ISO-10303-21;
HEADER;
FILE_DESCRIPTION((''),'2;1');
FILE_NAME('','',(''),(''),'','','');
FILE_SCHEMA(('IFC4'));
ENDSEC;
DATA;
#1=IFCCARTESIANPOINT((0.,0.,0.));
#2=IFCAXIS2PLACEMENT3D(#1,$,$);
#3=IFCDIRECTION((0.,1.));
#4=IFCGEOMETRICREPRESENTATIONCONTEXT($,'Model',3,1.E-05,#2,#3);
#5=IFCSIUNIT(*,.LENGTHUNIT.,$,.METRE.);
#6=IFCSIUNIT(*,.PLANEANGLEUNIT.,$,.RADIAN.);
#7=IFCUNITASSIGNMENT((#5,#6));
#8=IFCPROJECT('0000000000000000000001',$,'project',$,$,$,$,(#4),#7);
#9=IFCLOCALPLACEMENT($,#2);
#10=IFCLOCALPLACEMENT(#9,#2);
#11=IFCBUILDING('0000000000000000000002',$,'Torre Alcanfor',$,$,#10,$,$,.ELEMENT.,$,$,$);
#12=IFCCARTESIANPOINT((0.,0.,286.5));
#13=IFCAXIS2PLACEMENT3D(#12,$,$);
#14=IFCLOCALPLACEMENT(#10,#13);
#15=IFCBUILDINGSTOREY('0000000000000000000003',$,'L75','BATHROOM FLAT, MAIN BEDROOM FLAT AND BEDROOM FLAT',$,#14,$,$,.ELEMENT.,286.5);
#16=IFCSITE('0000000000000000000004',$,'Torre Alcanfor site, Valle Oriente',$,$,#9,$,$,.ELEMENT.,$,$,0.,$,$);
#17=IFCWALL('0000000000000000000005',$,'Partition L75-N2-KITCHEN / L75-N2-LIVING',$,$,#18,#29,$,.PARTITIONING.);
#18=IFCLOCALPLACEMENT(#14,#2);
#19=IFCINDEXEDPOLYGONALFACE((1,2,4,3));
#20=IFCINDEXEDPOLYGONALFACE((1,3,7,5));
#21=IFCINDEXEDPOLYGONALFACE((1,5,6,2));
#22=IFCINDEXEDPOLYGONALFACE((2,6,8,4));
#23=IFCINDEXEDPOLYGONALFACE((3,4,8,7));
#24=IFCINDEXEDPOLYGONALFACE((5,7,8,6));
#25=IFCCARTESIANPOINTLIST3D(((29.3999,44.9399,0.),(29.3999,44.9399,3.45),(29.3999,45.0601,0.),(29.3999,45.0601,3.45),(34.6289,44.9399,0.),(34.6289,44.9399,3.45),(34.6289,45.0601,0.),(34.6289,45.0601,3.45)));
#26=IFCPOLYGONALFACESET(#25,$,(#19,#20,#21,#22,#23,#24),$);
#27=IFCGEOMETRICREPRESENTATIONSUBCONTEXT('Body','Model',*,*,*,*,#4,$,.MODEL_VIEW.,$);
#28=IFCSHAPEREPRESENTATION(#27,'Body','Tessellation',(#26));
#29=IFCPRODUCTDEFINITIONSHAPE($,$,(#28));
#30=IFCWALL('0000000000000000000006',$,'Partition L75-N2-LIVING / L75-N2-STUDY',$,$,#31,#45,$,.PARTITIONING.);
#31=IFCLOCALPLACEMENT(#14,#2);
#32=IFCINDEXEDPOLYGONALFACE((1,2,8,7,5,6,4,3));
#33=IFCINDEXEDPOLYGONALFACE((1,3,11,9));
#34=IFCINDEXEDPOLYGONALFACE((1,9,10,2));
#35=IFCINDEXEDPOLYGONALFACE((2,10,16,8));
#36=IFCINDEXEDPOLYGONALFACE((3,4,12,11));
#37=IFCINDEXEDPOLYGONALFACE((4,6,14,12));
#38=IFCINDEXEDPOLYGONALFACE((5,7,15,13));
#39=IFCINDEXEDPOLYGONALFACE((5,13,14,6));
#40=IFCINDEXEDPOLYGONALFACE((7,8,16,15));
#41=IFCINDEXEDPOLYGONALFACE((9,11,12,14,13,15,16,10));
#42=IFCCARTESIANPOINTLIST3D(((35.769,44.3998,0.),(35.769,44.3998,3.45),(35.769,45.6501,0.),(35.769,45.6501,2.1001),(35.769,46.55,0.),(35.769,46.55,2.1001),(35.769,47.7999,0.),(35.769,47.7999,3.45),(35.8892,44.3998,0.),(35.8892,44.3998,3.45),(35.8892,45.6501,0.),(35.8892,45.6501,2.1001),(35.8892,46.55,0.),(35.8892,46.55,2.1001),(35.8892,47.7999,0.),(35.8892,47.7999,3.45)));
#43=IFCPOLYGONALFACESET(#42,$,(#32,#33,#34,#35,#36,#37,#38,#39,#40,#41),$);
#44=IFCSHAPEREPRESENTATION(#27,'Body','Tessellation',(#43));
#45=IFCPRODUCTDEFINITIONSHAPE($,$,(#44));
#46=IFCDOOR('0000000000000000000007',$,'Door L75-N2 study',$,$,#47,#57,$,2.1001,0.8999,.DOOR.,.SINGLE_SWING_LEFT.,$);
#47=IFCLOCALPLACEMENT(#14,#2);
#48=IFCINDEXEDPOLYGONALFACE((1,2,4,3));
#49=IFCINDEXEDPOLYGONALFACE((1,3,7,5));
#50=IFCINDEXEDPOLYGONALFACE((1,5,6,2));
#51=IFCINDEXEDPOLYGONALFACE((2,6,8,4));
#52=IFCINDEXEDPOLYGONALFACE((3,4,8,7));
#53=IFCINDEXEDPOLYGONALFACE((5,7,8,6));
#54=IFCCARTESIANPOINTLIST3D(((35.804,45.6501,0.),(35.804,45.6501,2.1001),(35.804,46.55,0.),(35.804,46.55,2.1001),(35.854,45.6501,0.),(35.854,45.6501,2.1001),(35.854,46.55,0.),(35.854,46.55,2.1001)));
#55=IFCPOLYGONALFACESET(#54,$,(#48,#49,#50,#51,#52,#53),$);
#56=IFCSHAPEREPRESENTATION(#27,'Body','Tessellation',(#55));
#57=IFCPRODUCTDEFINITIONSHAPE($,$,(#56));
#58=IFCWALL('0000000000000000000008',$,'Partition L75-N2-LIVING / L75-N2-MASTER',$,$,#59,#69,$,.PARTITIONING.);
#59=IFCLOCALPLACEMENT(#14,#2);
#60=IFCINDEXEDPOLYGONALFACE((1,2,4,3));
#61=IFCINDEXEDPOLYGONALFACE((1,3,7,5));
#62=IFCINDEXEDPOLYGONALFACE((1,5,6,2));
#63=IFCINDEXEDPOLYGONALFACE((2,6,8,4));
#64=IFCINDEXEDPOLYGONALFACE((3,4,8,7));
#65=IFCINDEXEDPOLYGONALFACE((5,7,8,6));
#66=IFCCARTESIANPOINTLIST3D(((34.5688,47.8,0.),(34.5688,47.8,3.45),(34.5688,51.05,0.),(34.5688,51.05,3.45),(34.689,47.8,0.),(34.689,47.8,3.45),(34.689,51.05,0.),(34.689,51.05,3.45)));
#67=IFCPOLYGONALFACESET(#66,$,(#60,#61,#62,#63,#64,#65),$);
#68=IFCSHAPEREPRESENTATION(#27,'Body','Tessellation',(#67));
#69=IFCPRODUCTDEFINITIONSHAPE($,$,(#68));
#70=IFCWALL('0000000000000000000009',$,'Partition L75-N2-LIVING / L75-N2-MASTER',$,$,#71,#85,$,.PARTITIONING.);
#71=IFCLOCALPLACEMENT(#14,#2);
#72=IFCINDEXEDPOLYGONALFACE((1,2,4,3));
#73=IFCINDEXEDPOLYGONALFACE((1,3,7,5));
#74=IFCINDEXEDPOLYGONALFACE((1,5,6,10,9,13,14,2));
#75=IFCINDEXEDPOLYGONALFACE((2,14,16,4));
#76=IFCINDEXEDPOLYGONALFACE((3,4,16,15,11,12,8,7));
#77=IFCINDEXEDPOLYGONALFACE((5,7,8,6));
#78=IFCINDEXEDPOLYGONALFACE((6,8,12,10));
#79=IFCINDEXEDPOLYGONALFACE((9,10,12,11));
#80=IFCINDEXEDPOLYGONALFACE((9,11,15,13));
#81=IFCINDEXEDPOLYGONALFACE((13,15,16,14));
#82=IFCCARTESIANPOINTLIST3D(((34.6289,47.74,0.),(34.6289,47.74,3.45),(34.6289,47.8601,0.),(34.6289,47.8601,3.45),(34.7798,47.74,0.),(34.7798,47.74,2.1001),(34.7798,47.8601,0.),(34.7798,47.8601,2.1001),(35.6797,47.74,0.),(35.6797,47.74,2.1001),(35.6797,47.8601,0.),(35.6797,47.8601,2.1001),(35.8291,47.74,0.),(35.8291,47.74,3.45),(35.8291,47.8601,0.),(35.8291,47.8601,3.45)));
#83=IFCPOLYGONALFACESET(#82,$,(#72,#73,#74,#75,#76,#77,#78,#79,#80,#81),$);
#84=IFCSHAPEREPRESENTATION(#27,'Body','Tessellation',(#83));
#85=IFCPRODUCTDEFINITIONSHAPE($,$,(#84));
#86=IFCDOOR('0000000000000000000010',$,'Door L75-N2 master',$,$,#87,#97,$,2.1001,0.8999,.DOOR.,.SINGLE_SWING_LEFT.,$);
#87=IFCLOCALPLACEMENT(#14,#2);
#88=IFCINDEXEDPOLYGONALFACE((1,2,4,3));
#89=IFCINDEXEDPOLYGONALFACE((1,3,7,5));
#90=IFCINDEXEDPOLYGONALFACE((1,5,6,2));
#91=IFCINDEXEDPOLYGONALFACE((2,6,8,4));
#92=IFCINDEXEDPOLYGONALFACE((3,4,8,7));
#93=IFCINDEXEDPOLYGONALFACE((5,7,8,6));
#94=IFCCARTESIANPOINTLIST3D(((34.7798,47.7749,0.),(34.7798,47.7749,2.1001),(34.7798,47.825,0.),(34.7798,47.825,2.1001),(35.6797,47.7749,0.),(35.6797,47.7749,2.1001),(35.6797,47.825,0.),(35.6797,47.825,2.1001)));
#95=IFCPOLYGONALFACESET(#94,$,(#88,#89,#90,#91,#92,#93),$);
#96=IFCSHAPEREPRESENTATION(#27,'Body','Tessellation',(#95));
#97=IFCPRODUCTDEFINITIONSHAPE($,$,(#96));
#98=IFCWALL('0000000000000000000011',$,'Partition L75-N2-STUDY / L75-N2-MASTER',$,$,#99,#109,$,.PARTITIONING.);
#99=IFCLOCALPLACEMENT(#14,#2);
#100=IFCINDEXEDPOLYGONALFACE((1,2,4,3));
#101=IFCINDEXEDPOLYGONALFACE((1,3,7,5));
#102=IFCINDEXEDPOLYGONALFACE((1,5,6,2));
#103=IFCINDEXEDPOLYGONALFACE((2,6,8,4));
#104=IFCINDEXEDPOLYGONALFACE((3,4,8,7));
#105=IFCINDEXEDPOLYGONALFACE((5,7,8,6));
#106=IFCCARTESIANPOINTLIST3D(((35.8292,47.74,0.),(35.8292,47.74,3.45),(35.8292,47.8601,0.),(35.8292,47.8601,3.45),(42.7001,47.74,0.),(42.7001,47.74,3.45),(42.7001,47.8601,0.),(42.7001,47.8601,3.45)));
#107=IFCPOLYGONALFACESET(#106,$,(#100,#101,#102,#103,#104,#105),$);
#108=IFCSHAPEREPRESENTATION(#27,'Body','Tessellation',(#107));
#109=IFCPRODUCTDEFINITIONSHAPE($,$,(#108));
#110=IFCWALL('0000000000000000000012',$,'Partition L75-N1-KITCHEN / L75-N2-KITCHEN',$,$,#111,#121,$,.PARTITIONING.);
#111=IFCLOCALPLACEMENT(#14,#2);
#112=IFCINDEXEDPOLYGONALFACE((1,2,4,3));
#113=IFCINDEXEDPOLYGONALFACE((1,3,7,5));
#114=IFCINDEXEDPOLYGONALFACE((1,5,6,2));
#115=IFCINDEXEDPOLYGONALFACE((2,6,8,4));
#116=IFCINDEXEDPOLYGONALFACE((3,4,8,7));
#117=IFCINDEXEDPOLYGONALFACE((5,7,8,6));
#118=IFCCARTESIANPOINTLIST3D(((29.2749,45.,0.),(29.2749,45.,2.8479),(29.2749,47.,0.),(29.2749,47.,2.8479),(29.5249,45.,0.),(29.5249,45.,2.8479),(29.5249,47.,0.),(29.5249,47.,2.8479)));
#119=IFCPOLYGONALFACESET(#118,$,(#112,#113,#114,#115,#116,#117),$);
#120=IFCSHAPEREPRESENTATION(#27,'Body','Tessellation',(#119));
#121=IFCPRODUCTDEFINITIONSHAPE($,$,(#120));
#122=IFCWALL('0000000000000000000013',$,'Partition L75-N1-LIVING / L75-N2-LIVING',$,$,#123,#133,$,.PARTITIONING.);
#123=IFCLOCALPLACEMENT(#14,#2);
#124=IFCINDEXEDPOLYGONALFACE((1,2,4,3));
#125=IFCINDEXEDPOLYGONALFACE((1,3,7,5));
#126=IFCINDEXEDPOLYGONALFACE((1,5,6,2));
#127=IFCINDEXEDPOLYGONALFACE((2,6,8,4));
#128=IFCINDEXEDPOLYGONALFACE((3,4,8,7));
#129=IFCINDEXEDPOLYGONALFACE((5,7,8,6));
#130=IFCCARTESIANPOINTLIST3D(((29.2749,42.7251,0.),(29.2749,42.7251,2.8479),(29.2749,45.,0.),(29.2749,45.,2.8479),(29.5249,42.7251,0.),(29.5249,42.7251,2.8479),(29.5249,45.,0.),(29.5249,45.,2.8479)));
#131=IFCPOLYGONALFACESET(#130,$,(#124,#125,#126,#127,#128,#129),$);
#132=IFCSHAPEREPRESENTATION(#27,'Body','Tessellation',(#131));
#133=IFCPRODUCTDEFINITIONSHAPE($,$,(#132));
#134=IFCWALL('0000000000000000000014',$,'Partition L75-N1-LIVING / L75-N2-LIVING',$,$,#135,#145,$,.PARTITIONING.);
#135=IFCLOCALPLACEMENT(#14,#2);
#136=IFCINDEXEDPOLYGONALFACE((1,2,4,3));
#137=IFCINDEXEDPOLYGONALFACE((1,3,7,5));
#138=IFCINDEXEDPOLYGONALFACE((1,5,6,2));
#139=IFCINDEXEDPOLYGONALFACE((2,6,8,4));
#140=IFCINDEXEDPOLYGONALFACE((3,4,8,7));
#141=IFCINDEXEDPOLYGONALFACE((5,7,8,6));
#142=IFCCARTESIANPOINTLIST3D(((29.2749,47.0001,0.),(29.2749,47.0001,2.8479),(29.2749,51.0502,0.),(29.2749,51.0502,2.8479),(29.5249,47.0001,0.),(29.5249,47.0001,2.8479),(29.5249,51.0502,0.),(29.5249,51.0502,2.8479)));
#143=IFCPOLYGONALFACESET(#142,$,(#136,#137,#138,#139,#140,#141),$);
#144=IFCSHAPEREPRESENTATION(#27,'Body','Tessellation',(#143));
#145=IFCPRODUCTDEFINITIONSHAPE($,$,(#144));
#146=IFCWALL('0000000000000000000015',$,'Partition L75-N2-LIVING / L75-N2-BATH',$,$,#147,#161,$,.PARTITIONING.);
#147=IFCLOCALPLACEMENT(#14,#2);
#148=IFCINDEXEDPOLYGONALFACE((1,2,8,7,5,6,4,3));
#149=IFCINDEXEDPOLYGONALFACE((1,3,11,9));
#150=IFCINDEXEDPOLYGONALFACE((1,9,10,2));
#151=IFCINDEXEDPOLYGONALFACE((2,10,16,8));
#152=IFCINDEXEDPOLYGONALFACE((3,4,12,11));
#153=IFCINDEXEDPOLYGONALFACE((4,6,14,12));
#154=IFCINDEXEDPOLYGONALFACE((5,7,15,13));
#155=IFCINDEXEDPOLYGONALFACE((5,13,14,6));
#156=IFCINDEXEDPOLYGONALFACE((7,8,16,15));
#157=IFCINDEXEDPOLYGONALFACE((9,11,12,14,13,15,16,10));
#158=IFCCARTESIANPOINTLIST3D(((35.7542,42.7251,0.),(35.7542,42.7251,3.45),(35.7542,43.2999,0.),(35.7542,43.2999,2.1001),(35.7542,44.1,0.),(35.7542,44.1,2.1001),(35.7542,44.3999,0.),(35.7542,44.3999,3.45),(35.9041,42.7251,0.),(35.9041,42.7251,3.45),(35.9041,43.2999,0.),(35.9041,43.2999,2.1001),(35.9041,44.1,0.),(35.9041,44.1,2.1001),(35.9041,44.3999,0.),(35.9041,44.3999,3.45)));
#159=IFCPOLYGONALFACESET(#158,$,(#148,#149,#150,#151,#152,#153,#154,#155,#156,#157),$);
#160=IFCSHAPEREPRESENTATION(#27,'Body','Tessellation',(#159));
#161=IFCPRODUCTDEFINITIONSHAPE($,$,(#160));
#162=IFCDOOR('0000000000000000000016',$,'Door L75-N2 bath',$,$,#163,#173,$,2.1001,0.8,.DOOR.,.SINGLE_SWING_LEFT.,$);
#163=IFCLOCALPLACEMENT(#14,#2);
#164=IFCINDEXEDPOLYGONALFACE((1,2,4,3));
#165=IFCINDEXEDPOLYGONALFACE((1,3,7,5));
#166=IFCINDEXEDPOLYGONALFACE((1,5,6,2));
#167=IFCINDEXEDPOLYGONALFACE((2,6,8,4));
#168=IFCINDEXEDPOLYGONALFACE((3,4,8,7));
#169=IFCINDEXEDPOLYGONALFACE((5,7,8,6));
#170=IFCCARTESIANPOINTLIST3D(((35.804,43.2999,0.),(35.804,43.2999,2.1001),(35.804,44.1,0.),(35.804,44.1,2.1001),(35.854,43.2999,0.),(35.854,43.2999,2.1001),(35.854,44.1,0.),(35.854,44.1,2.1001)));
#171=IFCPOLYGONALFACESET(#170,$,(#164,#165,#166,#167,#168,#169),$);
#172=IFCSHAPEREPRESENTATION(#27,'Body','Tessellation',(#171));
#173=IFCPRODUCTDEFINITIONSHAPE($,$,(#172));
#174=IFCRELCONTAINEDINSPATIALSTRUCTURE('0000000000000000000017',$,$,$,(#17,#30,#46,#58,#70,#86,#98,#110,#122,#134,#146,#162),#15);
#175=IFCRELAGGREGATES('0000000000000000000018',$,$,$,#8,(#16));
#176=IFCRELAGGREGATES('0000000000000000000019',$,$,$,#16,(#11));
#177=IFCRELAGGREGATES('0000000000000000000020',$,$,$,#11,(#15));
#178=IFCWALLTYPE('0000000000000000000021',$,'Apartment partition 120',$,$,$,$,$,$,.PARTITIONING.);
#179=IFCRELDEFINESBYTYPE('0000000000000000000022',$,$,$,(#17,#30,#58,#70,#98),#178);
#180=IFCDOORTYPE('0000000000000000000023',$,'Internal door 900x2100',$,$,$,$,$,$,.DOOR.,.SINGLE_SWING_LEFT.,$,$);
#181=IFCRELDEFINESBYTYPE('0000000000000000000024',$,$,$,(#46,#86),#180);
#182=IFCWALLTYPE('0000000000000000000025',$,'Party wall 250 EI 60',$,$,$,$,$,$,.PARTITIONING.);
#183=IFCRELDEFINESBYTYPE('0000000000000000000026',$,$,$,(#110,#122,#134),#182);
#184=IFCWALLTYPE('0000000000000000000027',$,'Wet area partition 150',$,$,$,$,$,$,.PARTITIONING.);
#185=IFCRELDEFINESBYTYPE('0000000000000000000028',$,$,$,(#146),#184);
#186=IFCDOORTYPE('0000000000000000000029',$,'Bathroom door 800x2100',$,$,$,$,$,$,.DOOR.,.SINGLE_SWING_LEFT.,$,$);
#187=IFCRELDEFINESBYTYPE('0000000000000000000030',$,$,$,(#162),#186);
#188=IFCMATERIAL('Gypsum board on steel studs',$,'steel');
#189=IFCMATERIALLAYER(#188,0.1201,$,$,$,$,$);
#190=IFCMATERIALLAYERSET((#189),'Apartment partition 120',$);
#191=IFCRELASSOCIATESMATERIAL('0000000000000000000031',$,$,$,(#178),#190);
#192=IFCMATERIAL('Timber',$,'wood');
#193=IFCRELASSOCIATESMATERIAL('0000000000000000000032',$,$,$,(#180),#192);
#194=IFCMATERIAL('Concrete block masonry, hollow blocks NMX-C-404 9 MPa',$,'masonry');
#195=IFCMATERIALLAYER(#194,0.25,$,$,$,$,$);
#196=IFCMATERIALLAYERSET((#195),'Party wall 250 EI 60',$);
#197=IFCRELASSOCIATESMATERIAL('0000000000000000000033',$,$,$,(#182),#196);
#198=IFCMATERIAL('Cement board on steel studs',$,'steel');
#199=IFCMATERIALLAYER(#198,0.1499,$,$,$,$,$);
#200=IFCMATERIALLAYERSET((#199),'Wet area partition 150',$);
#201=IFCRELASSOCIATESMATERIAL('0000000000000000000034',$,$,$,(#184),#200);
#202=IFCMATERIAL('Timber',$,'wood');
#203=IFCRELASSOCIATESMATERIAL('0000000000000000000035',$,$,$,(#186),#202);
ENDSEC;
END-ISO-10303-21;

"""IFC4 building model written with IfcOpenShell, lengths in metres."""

from ifc_helpers import new_model, si_unit, direction, frame, frame_2d, origin, place, context, subcontext, project, spatial, rectangle, extrude, material, layer, layer_set, type_object, element, fill, save


model = new_model("IFC4")

# Units and contexts
model_context = context("Model", 3, precision=1e-05, world=origin(), true_north=direction((0.0, 1.0)))
body_context = subcontext(model_context, "Body", "Model", "MODEL_VIEW")
ifc_project = project(units=[si_unit("LENGTHUNIT", "METRE"), si_unit("PLANEANGLEUNIT", "RADIAN")], contexts=[model_context])

# Site, building, storey
site_placement = place(None, origin())
site = spatial("IfcSite", under=ifc_project, at=site_placement, Name="Torre Alcanfor site, Valle Oriente", CompositionType="ELEMENT", RefElevation=0.0)
building_placement = place(site_placement, origin())
building = spatial("IfcBuilding", under=site, at=building_placement, Name="Torre Alcanfor", CompositionType="ELEMENT")
storey_placement = place(building_placement, frame((0.0, 0.0, 286.5)))
storey = spatial("IfcBuildingStorey", under=building, at=storey_placement, Name="L75", Description="BATHROOM FLAT, MAIN BEDROOM FLAT AND BEDROOM FLAT", CompositionType="ELEMENT", Elevation=286.5)

# Shared definitions
ifc_material_1 = material(Name="Gypsum board on steel studs", Category="steel")
ifc_layer_1 = layer(ifc_material_1, 0.1201)
ifc_layer_set_1 = layer_set([ifc_layer_1], Name="Apartment partition 120")
wall_type_1 = type_object("IfcWallType", Name="Apartment partition 120", PredefinedType="PARTITIONING", material=ifc_layer_set_1)

# Shared definitions
ifc_material_2 = material(Name="Timber", Category="wood")
door_type_1 = type_object("IfcDoorType", Name="Internal door 900x2100", OperationType="SINGLE_SWING_LEFT", PredefinedType="DOOR", material=ifc_material_2)

# Wall
wall_1_placement = place(storey_placement, frame((34.6289, 45.0, 0.0), z_axis=(0.0, 0.0, 1.0), x_axis=(-1.0, 0.0, 0.0)))
element("IfcWall", 1, at=wall_1_placement, inside=storey, type_object=wall_type_1, Name="Partition L75-N2-KITCHEN / L75-N2-LIVING", PredefinedType="PARTITIONING", context=body_context, shape_type="SweptSolid", body=[
    extrude(rectangle(XDim=5.229, YDim=0.1201, at=frame_2d((2.6145, 0.0))), origin(), (0.0, 0.0, 1.0), 3.45),
])

# Wall, opening, door
wall_2_placement = place(storey_placement, frame((35.8291, 47.8, 0.0), z_axis=(0.0, 0.0, 1.0), x_axis=(0.0, -1.0, 0.0)))
wall_2 = element("IfcWall", 2, at=wall_2_placement, inside=storey, type_object=wall_type_1, Name="Partition L75-N2-LIVING / L75-N2-STUDY", PredefinedType="PARTITIONING", context=body_context, shape_type="SweptSolid", body=[
    extrude(rectangle(XDim=3.4001, YDim=0.1201, at=frame_2d((1.7002, 0.0))), origin(), (0.0, 0.0, 1.0), 3.45),
])
opening_1_placement = place(wall_2_placement, frame((1.25, 0.0, 0.0)))
opening_1 = element("IfcOpeningElement", 3, at=opening_1_placement, cuts=wall_2, PredefinedType="OPENING", context=body_context, shape_type="SweptSolid", body=[
    extrude(rectangle(XDim=0.8999, YDim=2.1001, at=frame_2d((0.45, 1.05))), frame((0.0, 0.0701, 0.0), z_axis=(0.0, -1.0, 0.0), x_axis=(1.0, 0.0, 0.0)), (0.0, 0.0, 1.0), 0.1401),
])
door_1_placement = place(opening_1_placement, origin())
door_1 = element("IfcDoor", 4, at=door_1_placement, inside=storey, type_object=door_type_1, Name="Door L75-N2 study", OperationType="SINGLE_SWING_LEFT", OverallHeight=2.1001, OverallWidth=0.8999, PredefinedType="DOOR", context=body_context, shape_type="SweptSolid", body=[
    extrude(rectangle(XDim=0.8999, YDim=2.1001, at=frame_2d((0.45, 1.05))), frame((0.0, 0.0249, 0.0), z_axis=(0.0, -1.0, 0.0), x_axis=(1.0, 0.0, 0.0)), (0.0, 0.0, 1.0), 0.05),
])
fill(opening_1, door_1)

# Wall
wall_3_placement = place(storey_placement, frame((34.6289, 51.05, 0.0), z_axis=(0.0, 0.0, 1.0), x_axis=(0.0, -1.0, 0.0)))
element("IfcWall", 5, at=wall_3_placement, inside=storey, type_object=wall_type_1, Name="Partition L75-N2-LIVING / L75-N2-MASTER", PredefinedType="PARTITIONING", context=body_context, shape_type="SweptSolid", body=[
    extrude(rectangle(XDim=3.25, YDim=0.1201, at=frame_2d((1.625, 0.0))), origin(), (0.0, 0.0, 1.0), 3.45),
])

# Wall, opening, door
wall_4_placement = place(storey_placement, frame((34.6289, 47.8, 0.0), z_axis=(0.0, 0.0, 1.0), x_axis=(1.0, 0.0, 0.0)))
wall_4 = element("IfcWall", 6, at=wall_4_placement, inside=storey, type_object=wall_type_1, Name="Partition L75-N2-LIVING / L75-N2-MASTER", PredefinedType="PARTITIONING", context=body_context, shape_type="SweptSolid", body=[
    extrude(rectangle(XDim=1.2002, YDim=0.1201, at=frame_2d((0.6001, 0.0))), origin(), (0.0, 0.0, 1.0), 3.45),
])
opening_2_placement = place(wall_4_placement, frame((0.1509, 0.0, 0.0)))
opening_2 = element("IfcOpeningElement", 7, at=opening_2_placement, cuts=wall_4, PredefinedType="OPENING", context=body_context, shape_type="SweptSolid", body=[
    extrude(rectangle(XDim=0.8999, YDim=2.1001, at=frame_2d((0.45, 1.05))), frame((0.0, 0.0701, 0.0), z_axis=(0.0, -1.0, 0.0), x_axis=(1.0, 0.0, 0.0)), (0.0, 0.0, 1.0), 0.1401),
])
door_2_placement = place(opening_2_placement, origin())
door_2 = element("IfcDoor", 8, at=door_2_placement, inside=storey, type_object=door_type_1, Name="Door L75-N2 master", OperationType="SINGLE_SWING_LEFT", OverallHeight=2.1001, OverallWidth=0.8999, PredefinedType="DOOR", context=body_context, shape_type="SweptSolid", body=[
    extrude(rectangle(XDim=0.8999, YDim=2.1001, at=frame_2d((0.45, 1.05))), frame((0.0, 0.0249, 0.0), z_axis=(0.0, -1.0, 0.0), x_axis=(1.0, 0.0, 0.0)), (0.0, 0.0, 1.0), 0.05),
])
fill(opening_2, door_2)

# Walls
wall_5_placement = place(storey_placement, frame((35.8291, 47.8, 0.0), z_axis=(0.0, 0.0, 1.0), x_axis=(1.0, 0.0, 0.0)))
element("IfcWall", 9, at=wall_5_placement, inside=storey, type_object=wall_type_1, Name="Partition L75-N2-STUDY / L75-N2-MASTER", PredefinedType="PARTITIONING", context=body_context, shape_type="SweptSolid", body=[
    extrude(rectangle(XDim=6.8708, YDim=0.1201, at=frame_2d((3.4355, 0.0))), origin(), (0.0, 0.0, 1.0), 3.45),
])
ifc_material_3 = material(Name="Concrete block masonry, hollow blocks NMX-C-404 9 MPa", Category="masonry")
ifc_layer_2 = layer(ifc_material_3, 0.25)
ifc_layer_set_2 = layer_set([ifc_layer_2], Name="Party wall 250 EI 60")
wall_type_2 = type_object("IfcWallType", Name="Party wall 250 EI 60", PredefinedType="PARTITIONING", material=ifc_layer_set_2)
wall_6_placement = place(storey_placement, frame((29.3999, 45.0, 0.0), z_axis=(0.0, 0.0, 1.0), x_axis=(0.0, 1.0, 0.0)))
element("IfcWall", 10, at=wall_6_placement, inside=storey, type_object=wall_type_2, Name="Partition L75-N1-KITCHEN / L75-N2-KITCHEN", PredefinedType="PARTITIONING", context=body_context, shape_type="SweptSolid", body=[
    extrude(rectangle(XDim=2.0, YDim=0.25, at=frame_2d((1.0, 0.0))), origin(), (0.0, 0.0, 1.0), 2.8479),
])
wall_7_placement = place(storey_placement, frame((29.3999, 45.0, 0.0), z_axis=(0.0, 0.0, 1.0), x_axis=(0.0, -1.0, 0.0)))
element("IfcWall", 11, at=wall_7_placement, inside=storey, type_object=wall_type_2, Name="Partition L75-N1-LIVING / L75-N2-LIVING", PredefinedType="PARTITIONING", context=body_context, shape_type="SweptSolid", body=[
    extrude(rectangle(XDim=2.2749, YDim=0.25, at=frame_2d((1.1375, 0.0))), origin(), (0.0, 0.0, 1.0), 2.8479),
])
wall_8_placement = place(storey_placement, frame((29.3999, 51.05, 0.0), z_axis=(0.0, 0.0, 1.0), x_axis=(0.0, -1.0, 0.0)))
element("IfcWall", 12, at=wall_8_placement, inside=storey, type_object=wall_type_2, Name="Partition L75-N1-LIVING / L75-N2-LIVING", PredefinedType="PARTITIONING", context=body_context, shape_type="SweptSolid", body=[
    extrude(rectangle(XDim=4.05, YDim=0.25, at=frame_2d((2.0249, 0.0))), origin(), (0.0, 0.0, 1.0), 2.8479),
])

# Wall, opening, door
ifc_material_4 = material(Name="Cement board on steel studs", Category="steel")
ifc_layer_3 = layer(ifc_material_4, 0.1499)
ifc_layer_set_3 = layer_set([ifc_layer_3], Name="Wet area partition 150")
wall_type_3 = type_object("IfcWallType", Name="Wet area partition 150", PredefinedType="PARTITIONING", material=ifc_layer_set_3)
wall_9_placement = place(storey_placement, frame((35.8291, 44.3999, 0.0), z_axis=(0.0, 0.0, 1.0), x_axis=(0.0, -1.0, 0.0)))
wall_9 = element("IfcWall", 13, at=wall_9_placement, inside=storey, type_object=wall_type_3, Name="Partition L75-N2-LIVING / L75-N2-BATH", PredefinedType="PARTITIONING", context=body_context, shape_type="SweptSolid", body=[
    extrude(rectangle(XDim=1.6748, YDim=0.1499, at=frame_2d((0.8374, 0.0))), origin(), (0.0, 0.0, 1.0), 3.45),
])
opening_3_placement = place(wall_9_placement, frame((0.3, 0.0, 0.0)))
opening_3 = element("IfcOpeningElement", 14, at=opening_3_placement, cuts=wall_9, PredefinedType="OPENING", context=body_context, shape_type="SweptSolid", body=[
    extrude(rectangle(XDim=0.8, YDim=2.1001, at=frame_2d((0.3999, 1.05))), frame((0.0, 0.085, 0.0), z_axis=(0.0, -1.0, 0.0), x_axis=(1.0, 0.0, 0.0)), (0.0, 0.0, 1.0), 0.1699),
])
ifc_material_5 = material(Name="Timber", Category="wood")
door_type_2 = type_object("IfcDoorType", Name="Bathroom door 800x2100", OperationType="SINGLE_SWING_LEFT", PredefinedType="DOOR", material=ifc_material_5)
door_3_placement = place(opening_3_placement, origin())
door_3 = element("IfcDoor", 15, at=door_3_placement, inside=storey, type_object=door_type_2, Name="Door L75-N2 bath", OperationType="SINGLE_SWING_LEFT", OverallHeight=2.1001, OverallWidth=0.8, PredefinedType="DOOR", context=body_context, shape_type="SweptSolid", body=[
    extrude(rectangle(XDim=0.8, YDim=2.1001, at=frame_2d((0.3999, 1.05))), frame((0.0, 0.0249, 0.0), z_axis=(0.0, -1.0, 0.0), x_axis=(1.0, 0.0, 0.0)), (0.0, 0.0, 1.0), 0.05),
])
fill(opening_3, door_3)

save(model, "model.ifc")
